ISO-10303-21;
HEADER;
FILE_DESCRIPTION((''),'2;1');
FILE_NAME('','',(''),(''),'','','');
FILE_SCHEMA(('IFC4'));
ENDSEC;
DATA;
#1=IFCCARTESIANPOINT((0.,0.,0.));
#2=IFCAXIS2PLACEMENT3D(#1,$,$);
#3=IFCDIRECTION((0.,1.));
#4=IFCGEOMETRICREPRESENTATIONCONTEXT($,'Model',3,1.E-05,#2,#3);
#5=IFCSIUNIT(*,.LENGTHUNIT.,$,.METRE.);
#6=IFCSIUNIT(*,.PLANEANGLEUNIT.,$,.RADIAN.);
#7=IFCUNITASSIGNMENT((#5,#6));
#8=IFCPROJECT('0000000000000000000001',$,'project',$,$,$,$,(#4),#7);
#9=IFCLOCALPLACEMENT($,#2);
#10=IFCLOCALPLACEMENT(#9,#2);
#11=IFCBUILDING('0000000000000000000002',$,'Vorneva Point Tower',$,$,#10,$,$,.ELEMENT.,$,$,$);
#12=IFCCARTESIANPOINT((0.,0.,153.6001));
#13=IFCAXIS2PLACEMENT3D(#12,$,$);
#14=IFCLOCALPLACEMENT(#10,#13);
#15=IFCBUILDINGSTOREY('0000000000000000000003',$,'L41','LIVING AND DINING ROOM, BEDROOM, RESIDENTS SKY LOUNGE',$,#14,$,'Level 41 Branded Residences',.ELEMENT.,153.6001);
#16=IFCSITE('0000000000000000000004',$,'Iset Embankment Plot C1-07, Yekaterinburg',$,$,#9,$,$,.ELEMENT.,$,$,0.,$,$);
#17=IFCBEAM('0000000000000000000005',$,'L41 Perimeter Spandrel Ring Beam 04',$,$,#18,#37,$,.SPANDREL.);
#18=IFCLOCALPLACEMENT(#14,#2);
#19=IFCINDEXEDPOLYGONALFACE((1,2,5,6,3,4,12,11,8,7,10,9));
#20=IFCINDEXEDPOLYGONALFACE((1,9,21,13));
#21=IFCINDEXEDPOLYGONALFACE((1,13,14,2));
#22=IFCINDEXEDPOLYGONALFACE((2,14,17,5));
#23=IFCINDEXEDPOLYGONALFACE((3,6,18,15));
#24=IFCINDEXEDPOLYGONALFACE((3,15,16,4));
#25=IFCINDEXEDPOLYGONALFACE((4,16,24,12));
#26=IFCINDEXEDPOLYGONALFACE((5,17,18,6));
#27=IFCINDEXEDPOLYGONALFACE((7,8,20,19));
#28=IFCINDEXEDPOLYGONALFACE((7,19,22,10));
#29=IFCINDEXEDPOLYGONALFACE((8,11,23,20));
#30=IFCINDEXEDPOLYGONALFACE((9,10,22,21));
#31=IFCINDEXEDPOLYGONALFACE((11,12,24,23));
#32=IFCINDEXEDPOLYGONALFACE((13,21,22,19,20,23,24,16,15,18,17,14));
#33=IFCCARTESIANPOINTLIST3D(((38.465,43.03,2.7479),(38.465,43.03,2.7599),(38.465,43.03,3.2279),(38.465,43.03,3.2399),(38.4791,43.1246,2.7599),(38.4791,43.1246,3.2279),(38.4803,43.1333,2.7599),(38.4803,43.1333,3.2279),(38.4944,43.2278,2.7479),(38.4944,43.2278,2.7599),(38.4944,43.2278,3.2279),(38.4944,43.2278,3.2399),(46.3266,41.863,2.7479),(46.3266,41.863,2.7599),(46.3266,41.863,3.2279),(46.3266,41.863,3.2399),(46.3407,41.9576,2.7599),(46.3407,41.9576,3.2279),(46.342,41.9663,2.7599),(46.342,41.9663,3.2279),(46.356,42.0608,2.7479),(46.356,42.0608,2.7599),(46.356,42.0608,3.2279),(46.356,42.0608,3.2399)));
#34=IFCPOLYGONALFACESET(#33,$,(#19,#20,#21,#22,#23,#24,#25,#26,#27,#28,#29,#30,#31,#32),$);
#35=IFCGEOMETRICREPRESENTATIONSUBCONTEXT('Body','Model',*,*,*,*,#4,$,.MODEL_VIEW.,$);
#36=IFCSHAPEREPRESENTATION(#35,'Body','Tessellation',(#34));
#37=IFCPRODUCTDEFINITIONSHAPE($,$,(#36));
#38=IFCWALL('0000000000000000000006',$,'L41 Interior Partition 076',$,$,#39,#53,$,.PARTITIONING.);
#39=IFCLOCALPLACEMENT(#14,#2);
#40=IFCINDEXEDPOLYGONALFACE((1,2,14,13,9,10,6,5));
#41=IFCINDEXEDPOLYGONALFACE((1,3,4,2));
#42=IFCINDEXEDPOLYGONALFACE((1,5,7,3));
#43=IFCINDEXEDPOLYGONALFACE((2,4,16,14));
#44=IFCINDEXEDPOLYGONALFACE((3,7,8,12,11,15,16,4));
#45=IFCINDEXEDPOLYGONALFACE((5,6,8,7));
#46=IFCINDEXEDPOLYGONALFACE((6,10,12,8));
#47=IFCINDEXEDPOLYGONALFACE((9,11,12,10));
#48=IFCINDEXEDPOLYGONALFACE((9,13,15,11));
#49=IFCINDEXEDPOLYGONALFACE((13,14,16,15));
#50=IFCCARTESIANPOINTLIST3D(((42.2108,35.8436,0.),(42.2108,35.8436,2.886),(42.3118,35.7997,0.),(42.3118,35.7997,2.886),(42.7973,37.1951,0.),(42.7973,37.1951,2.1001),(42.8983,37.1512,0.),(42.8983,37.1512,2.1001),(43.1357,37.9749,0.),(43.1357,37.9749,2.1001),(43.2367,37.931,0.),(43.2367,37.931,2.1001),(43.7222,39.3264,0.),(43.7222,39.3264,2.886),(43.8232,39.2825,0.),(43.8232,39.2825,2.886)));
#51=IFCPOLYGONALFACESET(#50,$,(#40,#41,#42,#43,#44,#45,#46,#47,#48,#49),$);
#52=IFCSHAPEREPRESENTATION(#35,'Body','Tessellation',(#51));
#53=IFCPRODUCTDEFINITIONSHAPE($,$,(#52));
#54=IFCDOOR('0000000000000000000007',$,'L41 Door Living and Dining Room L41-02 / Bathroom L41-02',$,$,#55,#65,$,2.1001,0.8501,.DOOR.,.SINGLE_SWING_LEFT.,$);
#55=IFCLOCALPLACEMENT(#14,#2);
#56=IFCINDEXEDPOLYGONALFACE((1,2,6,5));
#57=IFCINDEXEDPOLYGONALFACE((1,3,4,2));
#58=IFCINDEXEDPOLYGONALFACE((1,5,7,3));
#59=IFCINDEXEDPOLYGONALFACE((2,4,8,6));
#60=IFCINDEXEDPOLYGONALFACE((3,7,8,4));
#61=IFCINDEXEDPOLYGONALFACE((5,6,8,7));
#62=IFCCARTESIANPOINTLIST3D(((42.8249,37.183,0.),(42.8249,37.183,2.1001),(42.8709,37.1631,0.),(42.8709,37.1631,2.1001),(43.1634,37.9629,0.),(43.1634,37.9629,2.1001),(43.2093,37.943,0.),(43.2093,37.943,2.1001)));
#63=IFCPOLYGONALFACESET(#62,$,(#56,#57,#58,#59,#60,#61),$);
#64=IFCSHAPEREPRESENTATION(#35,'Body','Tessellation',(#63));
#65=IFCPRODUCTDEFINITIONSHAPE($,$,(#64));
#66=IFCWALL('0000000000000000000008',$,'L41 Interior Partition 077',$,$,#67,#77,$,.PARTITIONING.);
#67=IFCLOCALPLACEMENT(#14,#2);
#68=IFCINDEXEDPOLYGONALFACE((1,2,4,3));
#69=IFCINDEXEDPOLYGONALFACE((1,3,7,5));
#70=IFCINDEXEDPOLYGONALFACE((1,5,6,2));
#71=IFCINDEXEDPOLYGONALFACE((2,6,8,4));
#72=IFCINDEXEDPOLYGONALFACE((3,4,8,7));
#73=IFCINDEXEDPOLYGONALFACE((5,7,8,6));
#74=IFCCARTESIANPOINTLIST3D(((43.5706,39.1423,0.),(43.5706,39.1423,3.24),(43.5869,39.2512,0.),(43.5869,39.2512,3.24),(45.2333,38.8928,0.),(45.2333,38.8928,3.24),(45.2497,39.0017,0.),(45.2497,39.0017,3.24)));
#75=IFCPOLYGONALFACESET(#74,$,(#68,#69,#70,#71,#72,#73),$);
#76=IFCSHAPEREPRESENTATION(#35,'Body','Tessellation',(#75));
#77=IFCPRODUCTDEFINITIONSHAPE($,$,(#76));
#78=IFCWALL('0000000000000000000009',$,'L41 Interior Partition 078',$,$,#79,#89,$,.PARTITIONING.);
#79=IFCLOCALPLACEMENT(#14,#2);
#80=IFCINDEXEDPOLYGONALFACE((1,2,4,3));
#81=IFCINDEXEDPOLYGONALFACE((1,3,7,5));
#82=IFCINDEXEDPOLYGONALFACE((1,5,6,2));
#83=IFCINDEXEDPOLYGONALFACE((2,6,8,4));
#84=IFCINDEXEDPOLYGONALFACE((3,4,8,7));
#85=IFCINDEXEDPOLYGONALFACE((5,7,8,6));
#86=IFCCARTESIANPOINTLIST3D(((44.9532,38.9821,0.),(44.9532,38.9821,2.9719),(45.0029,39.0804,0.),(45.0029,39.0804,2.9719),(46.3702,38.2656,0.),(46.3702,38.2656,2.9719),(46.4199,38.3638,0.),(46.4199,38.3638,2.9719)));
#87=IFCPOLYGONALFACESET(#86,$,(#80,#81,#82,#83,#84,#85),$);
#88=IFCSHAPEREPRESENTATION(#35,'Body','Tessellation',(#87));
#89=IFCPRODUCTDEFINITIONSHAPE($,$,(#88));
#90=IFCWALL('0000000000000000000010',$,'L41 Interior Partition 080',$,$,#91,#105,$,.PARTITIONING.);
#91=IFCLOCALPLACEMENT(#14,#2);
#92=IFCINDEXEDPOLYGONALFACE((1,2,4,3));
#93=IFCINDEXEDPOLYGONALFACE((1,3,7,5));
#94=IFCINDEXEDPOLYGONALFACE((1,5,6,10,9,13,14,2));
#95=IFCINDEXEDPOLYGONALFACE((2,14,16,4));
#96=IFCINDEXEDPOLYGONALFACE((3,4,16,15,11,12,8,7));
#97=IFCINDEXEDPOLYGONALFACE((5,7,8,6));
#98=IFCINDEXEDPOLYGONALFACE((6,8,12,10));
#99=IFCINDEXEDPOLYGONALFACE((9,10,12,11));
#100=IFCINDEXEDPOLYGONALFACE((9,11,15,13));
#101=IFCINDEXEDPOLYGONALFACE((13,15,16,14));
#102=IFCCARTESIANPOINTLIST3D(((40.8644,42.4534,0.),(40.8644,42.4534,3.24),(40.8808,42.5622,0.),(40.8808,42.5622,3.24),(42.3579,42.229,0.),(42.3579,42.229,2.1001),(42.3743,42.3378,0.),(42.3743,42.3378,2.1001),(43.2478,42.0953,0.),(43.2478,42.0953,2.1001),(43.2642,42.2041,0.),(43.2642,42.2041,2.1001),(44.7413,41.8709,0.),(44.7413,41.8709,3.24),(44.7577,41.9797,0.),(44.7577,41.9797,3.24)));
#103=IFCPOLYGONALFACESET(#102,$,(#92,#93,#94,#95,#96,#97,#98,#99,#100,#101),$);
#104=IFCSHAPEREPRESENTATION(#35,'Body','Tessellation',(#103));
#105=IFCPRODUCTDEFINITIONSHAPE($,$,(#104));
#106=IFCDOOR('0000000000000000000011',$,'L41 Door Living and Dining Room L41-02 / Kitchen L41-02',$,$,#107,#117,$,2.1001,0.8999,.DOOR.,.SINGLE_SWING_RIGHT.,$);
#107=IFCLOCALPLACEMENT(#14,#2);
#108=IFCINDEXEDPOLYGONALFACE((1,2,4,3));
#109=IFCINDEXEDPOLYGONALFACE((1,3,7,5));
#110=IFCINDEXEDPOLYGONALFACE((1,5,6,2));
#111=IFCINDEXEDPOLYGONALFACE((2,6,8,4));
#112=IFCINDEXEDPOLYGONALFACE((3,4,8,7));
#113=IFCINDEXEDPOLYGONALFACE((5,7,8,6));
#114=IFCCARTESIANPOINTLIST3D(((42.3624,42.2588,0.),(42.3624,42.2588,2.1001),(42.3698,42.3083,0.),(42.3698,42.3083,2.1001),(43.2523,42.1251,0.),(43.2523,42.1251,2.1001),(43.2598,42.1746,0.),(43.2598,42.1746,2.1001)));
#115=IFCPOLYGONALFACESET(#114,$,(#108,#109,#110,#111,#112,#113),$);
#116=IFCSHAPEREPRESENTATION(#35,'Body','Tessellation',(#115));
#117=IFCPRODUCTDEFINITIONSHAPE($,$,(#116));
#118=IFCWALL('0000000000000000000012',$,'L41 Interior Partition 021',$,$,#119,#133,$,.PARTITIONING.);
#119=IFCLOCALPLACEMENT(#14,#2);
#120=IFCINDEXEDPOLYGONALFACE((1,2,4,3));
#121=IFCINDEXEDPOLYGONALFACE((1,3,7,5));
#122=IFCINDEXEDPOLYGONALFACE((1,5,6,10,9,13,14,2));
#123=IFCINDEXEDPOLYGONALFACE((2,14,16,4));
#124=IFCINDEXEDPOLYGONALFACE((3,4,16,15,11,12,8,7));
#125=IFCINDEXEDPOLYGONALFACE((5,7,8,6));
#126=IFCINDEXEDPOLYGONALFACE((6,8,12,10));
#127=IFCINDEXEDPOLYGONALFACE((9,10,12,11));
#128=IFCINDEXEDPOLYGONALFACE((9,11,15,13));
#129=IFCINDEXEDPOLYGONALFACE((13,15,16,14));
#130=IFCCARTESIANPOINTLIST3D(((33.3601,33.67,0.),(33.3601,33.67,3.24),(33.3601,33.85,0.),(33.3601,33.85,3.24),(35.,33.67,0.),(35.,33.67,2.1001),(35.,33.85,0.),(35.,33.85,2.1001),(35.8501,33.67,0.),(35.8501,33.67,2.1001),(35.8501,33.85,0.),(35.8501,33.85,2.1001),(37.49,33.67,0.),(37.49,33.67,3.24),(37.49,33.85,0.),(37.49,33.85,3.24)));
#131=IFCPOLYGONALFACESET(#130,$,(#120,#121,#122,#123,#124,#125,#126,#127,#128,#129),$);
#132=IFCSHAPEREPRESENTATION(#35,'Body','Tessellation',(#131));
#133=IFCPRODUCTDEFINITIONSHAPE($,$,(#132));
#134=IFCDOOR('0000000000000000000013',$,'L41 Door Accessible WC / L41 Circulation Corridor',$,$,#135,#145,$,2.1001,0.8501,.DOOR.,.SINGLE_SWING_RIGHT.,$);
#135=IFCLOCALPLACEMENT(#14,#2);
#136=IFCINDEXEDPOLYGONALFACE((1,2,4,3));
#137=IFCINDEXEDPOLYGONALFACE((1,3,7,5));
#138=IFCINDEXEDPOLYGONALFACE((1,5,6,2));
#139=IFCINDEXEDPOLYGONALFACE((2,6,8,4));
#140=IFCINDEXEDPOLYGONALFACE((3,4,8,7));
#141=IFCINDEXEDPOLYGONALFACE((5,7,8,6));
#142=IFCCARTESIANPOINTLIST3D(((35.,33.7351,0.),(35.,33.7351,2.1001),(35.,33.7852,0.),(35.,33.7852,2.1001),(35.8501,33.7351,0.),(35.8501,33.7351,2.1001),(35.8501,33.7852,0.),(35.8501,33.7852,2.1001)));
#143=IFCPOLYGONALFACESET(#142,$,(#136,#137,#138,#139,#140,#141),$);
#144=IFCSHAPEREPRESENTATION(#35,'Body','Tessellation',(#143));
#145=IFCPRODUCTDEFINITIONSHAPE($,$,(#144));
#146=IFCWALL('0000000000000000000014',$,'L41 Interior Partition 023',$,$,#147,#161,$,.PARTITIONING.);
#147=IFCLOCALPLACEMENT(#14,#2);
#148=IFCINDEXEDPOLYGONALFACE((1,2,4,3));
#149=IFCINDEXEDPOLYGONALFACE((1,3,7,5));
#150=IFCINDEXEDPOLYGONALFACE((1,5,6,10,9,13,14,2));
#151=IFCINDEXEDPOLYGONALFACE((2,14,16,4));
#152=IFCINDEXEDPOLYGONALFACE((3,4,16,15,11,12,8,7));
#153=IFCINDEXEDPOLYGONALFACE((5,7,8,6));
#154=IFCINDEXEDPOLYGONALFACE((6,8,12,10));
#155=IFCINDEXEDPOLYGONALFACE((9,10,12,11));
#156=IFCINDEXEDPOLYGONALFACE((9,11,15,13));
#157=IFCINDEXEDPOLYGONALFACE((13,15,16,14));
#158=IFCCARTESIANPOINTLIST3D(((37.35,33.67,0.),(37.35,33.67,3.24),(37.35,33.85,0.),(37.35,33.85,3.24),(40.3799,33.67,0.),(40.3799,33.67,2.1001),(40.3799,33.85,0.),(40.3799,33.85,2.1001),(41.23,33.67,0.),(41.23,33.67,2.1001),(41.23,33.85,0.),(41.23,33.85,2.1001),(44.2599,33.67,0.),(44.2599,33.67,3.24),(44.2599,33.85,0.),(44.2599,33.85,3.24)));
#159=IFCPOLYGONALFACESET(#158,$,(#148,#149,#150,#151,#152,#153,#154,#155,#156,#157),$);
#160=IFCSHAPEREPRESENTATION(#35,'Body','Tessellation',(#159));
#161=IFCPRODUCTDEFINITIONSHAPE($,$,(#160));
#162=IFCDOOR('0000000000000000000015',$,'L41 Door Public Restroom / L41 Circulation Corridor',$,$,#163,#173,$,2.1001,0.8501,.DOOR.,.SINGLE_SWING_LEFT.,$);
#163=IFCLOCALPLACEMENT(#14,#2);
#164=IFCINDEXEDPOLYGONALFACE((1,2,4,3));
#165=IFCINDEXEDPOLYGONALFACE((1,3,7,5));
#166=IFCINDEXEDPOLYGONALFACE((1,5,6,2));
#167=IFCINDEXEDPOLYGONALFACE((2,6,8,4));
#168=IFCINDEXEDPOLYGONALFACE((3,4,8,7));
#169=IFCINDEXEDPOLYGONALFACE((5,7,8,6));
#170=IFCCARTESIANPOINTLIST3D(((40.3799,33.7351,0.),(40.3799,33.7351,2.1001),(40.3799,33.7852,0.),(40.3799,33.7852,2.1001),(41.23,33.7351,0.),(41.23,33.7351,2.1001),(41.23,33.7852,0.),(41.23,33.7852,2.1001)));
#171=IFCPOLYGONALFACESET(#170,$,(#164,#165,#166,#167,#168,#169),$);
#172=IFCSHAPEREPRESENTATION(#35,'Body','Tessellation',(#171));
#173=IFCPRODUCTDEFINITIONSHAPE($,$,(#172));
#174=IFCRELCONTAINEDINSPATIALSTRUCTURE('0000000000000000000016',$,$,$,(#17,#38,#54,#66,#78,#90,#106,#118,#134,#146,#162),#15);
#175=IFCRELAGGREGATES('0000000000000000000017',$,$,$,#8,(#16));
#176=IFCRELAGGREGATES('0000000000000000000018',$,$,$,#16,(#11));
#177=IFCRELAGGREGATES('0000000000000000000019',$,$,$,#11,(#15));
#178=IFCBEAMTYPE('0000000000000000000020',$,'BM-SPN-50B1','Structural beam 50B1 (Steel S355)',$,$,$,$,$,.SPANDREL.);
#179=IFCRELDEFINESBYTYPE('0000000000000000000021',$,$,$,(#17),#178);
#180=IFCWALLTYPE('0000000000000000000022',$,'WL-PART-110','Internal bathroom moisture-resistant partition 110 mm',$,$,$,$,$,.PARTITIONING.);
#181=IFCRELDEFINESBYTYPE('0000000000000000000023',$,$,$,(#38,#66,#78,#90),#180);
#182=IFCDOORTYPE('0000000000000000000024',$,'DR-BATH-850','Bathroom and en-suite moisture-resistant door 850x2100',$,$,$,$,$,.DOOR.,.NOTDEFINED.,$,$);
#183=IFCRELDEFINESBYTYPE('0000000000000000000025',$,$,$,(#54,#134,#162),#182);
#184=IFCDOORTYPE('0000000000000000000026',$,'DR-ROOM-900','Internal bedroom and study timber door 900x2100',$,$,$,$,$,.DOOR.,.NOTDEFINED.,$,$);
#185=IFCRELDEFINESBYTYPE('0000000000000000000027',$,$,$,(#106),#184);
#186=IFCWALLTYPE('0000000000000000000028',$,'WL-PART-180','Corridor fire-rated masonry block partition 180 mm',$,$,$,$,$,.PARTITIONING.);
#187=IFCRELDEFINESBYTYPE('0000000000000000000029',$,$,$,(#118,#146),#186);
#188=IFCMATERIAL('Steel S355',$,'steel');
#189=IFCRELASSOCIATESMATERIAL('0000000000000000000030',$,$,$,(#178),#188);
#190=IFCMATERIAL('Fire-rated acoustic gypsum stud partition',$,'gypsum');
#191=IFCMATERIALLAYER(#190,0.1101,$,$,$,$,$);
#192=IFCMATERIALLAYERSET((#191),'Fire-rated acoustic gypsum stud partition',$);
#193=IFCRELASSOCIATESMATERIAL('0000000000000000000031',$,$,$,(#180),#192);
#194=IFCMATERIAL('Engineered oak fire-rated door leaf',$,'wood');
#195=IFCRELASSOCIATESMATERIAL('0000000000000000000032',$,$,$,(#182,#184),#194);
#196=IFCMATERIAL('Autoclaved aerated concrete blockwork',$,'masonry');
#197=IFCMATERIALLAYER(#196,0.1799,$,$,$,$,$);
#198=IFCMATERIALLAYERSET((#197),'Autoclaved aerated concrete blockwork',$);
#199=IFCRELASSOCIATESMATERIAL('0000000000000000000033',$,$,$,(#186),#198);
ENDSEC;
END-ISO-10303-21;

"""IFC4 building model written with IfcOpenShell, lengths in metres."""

from ifc_helpers import new_model, si_unit, direction, frame, frame_2d, origin, origin_2d, place, context, subcontext, project, spatial, rectangle, i_section, extrude, material, layer, layer_set, material_profile, profile_set, type_object, element, fill, save


model = new_model("IFC4")

# Units and contexts
model_context = context("Model", 3, precision=1e-05, world=origin(), true_north=direction((0.0, 1.0)))
body_context = subcontext(model_context, "Body", "Model", "MODEL_VIEW")
ifc_project = project(units=[si_unit("LENGTHUNIT", "METRE"), si_unit("PLANEANGLEUNIT", "RADIAN")], contexts=[model_context])

# Site, building, storey
site_placement = place(None, origin())
site = spatial("IfcSite", under=ifc_project, at=site_placement, Name="Iset Embankment Plot C1-07, Yekaterinburg", CompositionType="ELEMENT", RefElevation=0.0)
building_placement = place(site_placement, origin())
building = spatial("IfcBuilding", under=site, at=building_placement, Name="Vorneva Point Tower", CompositionType="ELEMENT")
storey_placement = place(building_placement, frame((0.0, 0.0, 153.6001)))
storey = spatial("IfcBuildingStorey", under=building, at=storey_placement, Name="L41", Description="LIVING AND DINING ROOM, BEDROOM, RESIDENTS SKY LOUNGE", LongName="Level 41 Branded Residences", CompositionType="ELEMENT", Elevation=153.6001)

# Beam
ifc_material_1 = material(Name="Steel S355", Category="steel")
ifc_material_profile_1 = material_profile(ifc_material_1, i_section(OverallWidth=0.2, OverallDepth=0.4919, WebThickness=0.0088, FlangeThickness=0.012, at=origin_2d()), Name="50B1")
ifc_profile_set_1 = profile_set([ifc_material_profile_1], Name="Steel S355")
beam_type = type_object("IfcBeamType", Name="BM-SPN-50B1", Description="Structural beam 50B1 (Steel S355)", PredefinedType="SPANDREL", material=ifc_profile_set_1)
beam_placement = place(storey_placement, frame((46.3413, 41.9619, 2.9939), z_axis=(-0.989161, 0.146834, 0.0), x_axis=(-0.146834, -0.989161, 0.0)))
element("IfcBeam", 1, at=beam_placement, inside=storey, type_object=beam_type, Name="L41 Perimeter Spandrel Ring Beam 04", PredefinedType="SPANDREL", context=body_context, shape_type="SweptSolid", body=[
    extrude(i_section(OverallWidth=0.2, OverallDepth=0.4919, WebThickness=0.0088, FlangeThickness=0.012, at=origin_2d()), origin(), (0.0, 0.0, 1.0), 7.9478),
])

# Wall, opening, door
ifc_material_2 = material(Name="Fire-rated acoustic gypsum stud partition", Category="gypsum")
ifc_layer_1 = layer(ifc_material_2, 0.1101)
ifc_layer_set_1 = layer_set([ifc_layer_1], Name="Fire-rated acoustic gypsum stud partition")
wall_type_1 = type_object("IfcWallType", Name="WL-PART-110", Description="Internal bathroom moisture-resistant partition 110 mm", PredefinedType="PARTITIONING", material=ifc_layer_set_1)
wall_1_placement = place(storey_placement, frame((42.2612, 35.8215, 0.0), z_axis=(0.0, 0.0, 1.0), x_axis=(0.398098, 0.917343, 0.0)))
wall_1 = element("IfcWall", 2, at=wall_1_placement, inside=storey, type_object=wall_type_1, Name="L41 Interior Partition 076", PredefinedType="PARTITIONING", context=body_context, shape_type="SweptSolid", body=[
    extrude(rectangle(XDim=3.7966, YDim=0.1101, at=frame_2d((1.8984, 0.0))), origin(), (0.0, 0.0, 1.0), 2.886),
])
opening_1_placement = place(wall_1_placement, frame((1.4734, 0.0, 0.0)))
opening_1 = element("IfcOpeningElement", 3, at=opening_1_placement, cuts=wall_1, PredefinedType="OPENING", context=body_context, shape_type="SweptSolid", body=[
    extrude(rectangle(XDim=0.8501, YDim=2.1001, at=frame_2d((0.425, 1.05))), frame((0.0, 0.0698, 0.0), z_axis=(0.0, -1.0, 0.0), x_axis=(1.0, 0.0, 0.0)), (0.0, 0.0, 1.0), 0.1399),
])
ifc_material_3 = material(Name="Engineered oak fire-rated door leaf", Category="wood")
door_type_1 = type_object("IfcDoorType", Name="DR-BATH-850", Description="Bathroom and en-suite moisture-resistant door 850x2100", OperationType="NOTDEFINED", PredefinedType="DOOR", material=ifc_material_3)
door_1_placement = place(opening_1_placement, origin())
door_1 = element("IfcDoor", 4, at=door_1_placement, inside=storey, type_object=door_type_1, Name="L41 Door Living and Dining Room L41-02 / Bathroom L41-02", OperationType="SINGLE_SWING_LEFT", OverallHeight=2.1001, OverallWidth=0.8501, PredefinedType="DOOR", context=body_context, shape_type="SweptSolid", body=[
    extrude(rectangle(XDim=0.8501, YDim=2.1001, at=frame_2d((0.425, 1.05))), frame((0.0, 0.0249, 0.0), z_axis=(0.0, -1.0, 0.0), x_axis=(1.0, 0.0, 0.0)), (0.0, 0.0, 1.0), 0.05),
])
fill(opening_1, door_1)

# Walls
wall_2_placement = place(storey_placement, frame((43.5786, 39.1968, 0.0), z_axis=(0.0, 0.0, 1.0), x_axis=(0.988929, -0.14839, 0.0)))
element("IfcWall", 5, at=wall_2_placement, inside=storey, type_object=wall_type_1, Name="L41 Interior Partition 077", PredefinedType="PARTITIONING", context=body_context, shape_type="SweptSolid", body=[
    extrude(rectangle(XDim=1.6814, YDim=0.1101, at=frame_2d((0.8408, 0.0))), origin(), (0.0, 0.0, 1.0), 3.24),
])
wall_3_placement = place(storey_placement, frame((44.978, 39.0312, 0.0), z_axis=(0.0, 0.0, 1.0), x_axis=(0.892388, -0.451268, 0.0)))
element("IfcWall", 6, at=wall_3_placement, inside=storey, type_object=wall_type_1, Name="L41 Interior Partition 078", PredefinedType="PARTITIONING", context=body_context, shape_type="SweptSolid", body=[
    extrude(rectangle(XDim=1.5879, YDim=0.1101, at=frame_2d((0.7939, 0.0))), origin(), (0.0, 0.0, 1.0), 2.9719),
])

# Walls, openings, doors
wall_4_placement = place(storey_placement, frame((44.7495, 41.9253, 0.0), z_axis=(0.0, 0.0, 1.0), x_axis=(-0.9889, 0.148584, 0.0)))
wall_4 = element("IfcWall", 7, at=wall_4_placement, inside=storey, type_object=wall_type_1, Name="L41 Interior Partition 080", PredefinedType="PARTITIONING", context=body_context, shape_type="SweptSolid", body=[
    extrude(rectangle(XDim=3.9204, YDim=0.1101, at=frame_2d((1.9602, 0.0))), origin(), (0.0, 0.0, 1.0), 3.24),
])
opening_2_placement = place(wall_4_placement, frame((1.5103, 0.0, 0.0)))
opening_2 = element("IfcOpeningElement", 8, at=opening_2_placement, cuts=wall_4, PredefinedType="OPENING", context=body_context, shape_type="SweptSolid", body=[
    extrude(rectangle(XDim=0.8999, YDim=2.1001, at=frame_2d((0.45, 1.05))), frame((0.0, 0.0698, 0.0), z_axis=(0.0, -1.0, 0.0), x_axis=(1.0, 0.0, 0.0)), (0.0, 0.0, 1.0), 0.1399),
])
door_type_2 = type_object("IfcDoorType", Name="DR-ROOM-900", Description="Internal bedroom and study timber door 900x2100", OperationType="NOTDEFINED", PredefinedType="DOOR", material=ifc_material_3)
door_2_placement = place(opening_2_placement, origin())
door_2 = element("IfcDoor", 9, at=door_2_placement, inside=storey, type_object=door_type_2, Name="L41 Door Living and Dining Room L41-02 / Kitchen L41-02", OperationType="SINGLE_SWING_RIGHT", OverallHeight=2.1001, OverallWidth=0.8999, PredefinedType="DOOR", context=body_context, shape_type="SweptSolid", body=[
    extrude(rectangle(XDim=0.8999, YDim=2.1001, at=frame_2d((0.45, 1.05))), frame((0.0, 0.0249, 0.0), z_axis=(0.0, -1.0, 0.0), x_axis=(1.0, 0.0, 0.0)), (0.0, 0.0, 1.0), 0.05),
])
fill(opening_2, door_2)
ifc_material_4 = material(Name="Autoclaved aerated concrete blockwork", Category="masonry")
ifc_layer_2 = layer(ifc_material_4, 0.1799)
ifc_layer_set_2 = layer_set([ifc_layer_2], Name="Autoclaved aerated concrete blockwork")
wall_type_2 = type_object("IfcWallType", Name="WL-PART-180", Description="Corridor fire-rated masonry block partition 180 mm", PredefinedType="PARTITIONING", material=ifc_layer_set_2)
wall_5_placement = place(storey_placement, frame((37.49, 33.76, 0.0), z_axis=(0.0, 0.0, 1.0), x_axis=(-1.0, 0.0, 0.0)))
wall_5 = element("IfcWall", 10, at=wall_5_placement, inside=storey, type_object=wall_type_2, Name="L41 Interior Partition 021", PredefinedType="PARTITIONING", context=body_context, shape_type="SweptSolid", body=[
    extrude(rectangle(XDim=4.1299, YDim=0.1799, at=frame_2d((2.0649, 0.0))), origin(), (0.0, 0.0, 1.0), 3.24),
])
opening_3_placement = place(wall_5_placement, frame((1.6399, 0.0, 0.0)))
opening_3 = element("IfcOpeningElement", 11, at=opening_3_placement, cuts=wall_5, PredefinedType="OPENING", context=body_context, shape_type="SweptSolid", body=[
    extrude(rectangle(XDim=0.8501, YDim=2.1001, at=frame_2d((0.425, 1.05))), frame((0.0, 0.105, 0.0), z_axis=(0.0, -1.0, 0.0), x_axis=(1.0, 0.0, 0.0)), (0.0, 0.0, 1.0), 0.2097),
])
door_3_placement = place(opening_3_placement, origin())
door_3 = element("IfcDoor", 12, at=door_3_placement, inside=storey, type_object=door_type_1, Name="L41 Door Accessible WC / L41 Circulation Corridor", OperationType="SINGLE_SWING_RIGHT", OverallHeight=2.1001, OverallWidth=0.8501, PredefinedType="DOOR", context=body_context, shape_type="SweptSolid", body=[
    extrude(rectangle(XDim=0.8501, YDim=2.1001, at=frame_2d((0.425, 1.05))), frame((0.0, 0.0249, 0.0), z_axis=(0.0, -1.0, 0.0), x_axis=(1.0, 0.0, 0.0)), (0.0, 0.0, 1.0), 0.05),
])
fill(opening_3, door_3)
wall_6_placement = place(storey_placement, frame((44.26, 33.76, 0.0), z_axis=(0.0, 0.0, 1.0), x_axis=(-1.0, 0.0, 0.0)))
wall_6 = element("IfcWall", 13, at=wall_6_placement, inside=storey, type_object=wall_type_2, Name="L41 Interior Partition 023", PredefinedType="PARTITIONING", context=body_context, shape_type="SweptSolid", body=[
    extrude(rectangle(XDim=6.9099, YDim=0.1799, at=frame_2d((3.4551, 0.0))), origin(), (0.0, 0.0, 1.0), 3.24),
])
opening_4_placement = place(wall_6_placement, frame((3.03, 0.0, 0.0)))
opening_4 = element("IfcOpeningElement", 14, at=opening_4_placement, cuts=wall_6, PredefinedType="OPENING", context=body_context, shape_type="SweptSolid", body=[
    extrude(rectangle(XDim=0.8501, YDim=2.1001, at=frame_2d((0.425, 1.05))), frame((0.0, 0.105, 0.0), z_axis=(0.0, -1.0, 0.0), x_axis=(1.0, 0.0, 0.0)), (0.0, 0.0, 1.0), 0.2097),
])
door_4_placement = place(opening_4_placement, origin())
door_4 = element("IfcDoor", 15, at=door_4_placement, inside=storey, type_object=door_type_1, Name="L41 Door Public Restroom / L41 Circulation Corridor", OperationType="SINGLE_SWING_LEFT", OverallHeight=2.1001, OverallWidth=0.8501, PredefinedType="DOOR", context=body_context, shape_type="SweptSolid", body=[
    extrude(rectangle(XDim=0.8501, YDim=2.1001, at=frame_2d((0.425, 1.05))), frame((0.0, 0.0249, 0.0), z_axis=(0.0, -1.0, 0.0), x_axis=(1.0, 0.0, 0.0)), (0.0, 0.0, 1.0), 0.05),
])
fill(opening_4, door_4)

save(model, "model.ifc")
